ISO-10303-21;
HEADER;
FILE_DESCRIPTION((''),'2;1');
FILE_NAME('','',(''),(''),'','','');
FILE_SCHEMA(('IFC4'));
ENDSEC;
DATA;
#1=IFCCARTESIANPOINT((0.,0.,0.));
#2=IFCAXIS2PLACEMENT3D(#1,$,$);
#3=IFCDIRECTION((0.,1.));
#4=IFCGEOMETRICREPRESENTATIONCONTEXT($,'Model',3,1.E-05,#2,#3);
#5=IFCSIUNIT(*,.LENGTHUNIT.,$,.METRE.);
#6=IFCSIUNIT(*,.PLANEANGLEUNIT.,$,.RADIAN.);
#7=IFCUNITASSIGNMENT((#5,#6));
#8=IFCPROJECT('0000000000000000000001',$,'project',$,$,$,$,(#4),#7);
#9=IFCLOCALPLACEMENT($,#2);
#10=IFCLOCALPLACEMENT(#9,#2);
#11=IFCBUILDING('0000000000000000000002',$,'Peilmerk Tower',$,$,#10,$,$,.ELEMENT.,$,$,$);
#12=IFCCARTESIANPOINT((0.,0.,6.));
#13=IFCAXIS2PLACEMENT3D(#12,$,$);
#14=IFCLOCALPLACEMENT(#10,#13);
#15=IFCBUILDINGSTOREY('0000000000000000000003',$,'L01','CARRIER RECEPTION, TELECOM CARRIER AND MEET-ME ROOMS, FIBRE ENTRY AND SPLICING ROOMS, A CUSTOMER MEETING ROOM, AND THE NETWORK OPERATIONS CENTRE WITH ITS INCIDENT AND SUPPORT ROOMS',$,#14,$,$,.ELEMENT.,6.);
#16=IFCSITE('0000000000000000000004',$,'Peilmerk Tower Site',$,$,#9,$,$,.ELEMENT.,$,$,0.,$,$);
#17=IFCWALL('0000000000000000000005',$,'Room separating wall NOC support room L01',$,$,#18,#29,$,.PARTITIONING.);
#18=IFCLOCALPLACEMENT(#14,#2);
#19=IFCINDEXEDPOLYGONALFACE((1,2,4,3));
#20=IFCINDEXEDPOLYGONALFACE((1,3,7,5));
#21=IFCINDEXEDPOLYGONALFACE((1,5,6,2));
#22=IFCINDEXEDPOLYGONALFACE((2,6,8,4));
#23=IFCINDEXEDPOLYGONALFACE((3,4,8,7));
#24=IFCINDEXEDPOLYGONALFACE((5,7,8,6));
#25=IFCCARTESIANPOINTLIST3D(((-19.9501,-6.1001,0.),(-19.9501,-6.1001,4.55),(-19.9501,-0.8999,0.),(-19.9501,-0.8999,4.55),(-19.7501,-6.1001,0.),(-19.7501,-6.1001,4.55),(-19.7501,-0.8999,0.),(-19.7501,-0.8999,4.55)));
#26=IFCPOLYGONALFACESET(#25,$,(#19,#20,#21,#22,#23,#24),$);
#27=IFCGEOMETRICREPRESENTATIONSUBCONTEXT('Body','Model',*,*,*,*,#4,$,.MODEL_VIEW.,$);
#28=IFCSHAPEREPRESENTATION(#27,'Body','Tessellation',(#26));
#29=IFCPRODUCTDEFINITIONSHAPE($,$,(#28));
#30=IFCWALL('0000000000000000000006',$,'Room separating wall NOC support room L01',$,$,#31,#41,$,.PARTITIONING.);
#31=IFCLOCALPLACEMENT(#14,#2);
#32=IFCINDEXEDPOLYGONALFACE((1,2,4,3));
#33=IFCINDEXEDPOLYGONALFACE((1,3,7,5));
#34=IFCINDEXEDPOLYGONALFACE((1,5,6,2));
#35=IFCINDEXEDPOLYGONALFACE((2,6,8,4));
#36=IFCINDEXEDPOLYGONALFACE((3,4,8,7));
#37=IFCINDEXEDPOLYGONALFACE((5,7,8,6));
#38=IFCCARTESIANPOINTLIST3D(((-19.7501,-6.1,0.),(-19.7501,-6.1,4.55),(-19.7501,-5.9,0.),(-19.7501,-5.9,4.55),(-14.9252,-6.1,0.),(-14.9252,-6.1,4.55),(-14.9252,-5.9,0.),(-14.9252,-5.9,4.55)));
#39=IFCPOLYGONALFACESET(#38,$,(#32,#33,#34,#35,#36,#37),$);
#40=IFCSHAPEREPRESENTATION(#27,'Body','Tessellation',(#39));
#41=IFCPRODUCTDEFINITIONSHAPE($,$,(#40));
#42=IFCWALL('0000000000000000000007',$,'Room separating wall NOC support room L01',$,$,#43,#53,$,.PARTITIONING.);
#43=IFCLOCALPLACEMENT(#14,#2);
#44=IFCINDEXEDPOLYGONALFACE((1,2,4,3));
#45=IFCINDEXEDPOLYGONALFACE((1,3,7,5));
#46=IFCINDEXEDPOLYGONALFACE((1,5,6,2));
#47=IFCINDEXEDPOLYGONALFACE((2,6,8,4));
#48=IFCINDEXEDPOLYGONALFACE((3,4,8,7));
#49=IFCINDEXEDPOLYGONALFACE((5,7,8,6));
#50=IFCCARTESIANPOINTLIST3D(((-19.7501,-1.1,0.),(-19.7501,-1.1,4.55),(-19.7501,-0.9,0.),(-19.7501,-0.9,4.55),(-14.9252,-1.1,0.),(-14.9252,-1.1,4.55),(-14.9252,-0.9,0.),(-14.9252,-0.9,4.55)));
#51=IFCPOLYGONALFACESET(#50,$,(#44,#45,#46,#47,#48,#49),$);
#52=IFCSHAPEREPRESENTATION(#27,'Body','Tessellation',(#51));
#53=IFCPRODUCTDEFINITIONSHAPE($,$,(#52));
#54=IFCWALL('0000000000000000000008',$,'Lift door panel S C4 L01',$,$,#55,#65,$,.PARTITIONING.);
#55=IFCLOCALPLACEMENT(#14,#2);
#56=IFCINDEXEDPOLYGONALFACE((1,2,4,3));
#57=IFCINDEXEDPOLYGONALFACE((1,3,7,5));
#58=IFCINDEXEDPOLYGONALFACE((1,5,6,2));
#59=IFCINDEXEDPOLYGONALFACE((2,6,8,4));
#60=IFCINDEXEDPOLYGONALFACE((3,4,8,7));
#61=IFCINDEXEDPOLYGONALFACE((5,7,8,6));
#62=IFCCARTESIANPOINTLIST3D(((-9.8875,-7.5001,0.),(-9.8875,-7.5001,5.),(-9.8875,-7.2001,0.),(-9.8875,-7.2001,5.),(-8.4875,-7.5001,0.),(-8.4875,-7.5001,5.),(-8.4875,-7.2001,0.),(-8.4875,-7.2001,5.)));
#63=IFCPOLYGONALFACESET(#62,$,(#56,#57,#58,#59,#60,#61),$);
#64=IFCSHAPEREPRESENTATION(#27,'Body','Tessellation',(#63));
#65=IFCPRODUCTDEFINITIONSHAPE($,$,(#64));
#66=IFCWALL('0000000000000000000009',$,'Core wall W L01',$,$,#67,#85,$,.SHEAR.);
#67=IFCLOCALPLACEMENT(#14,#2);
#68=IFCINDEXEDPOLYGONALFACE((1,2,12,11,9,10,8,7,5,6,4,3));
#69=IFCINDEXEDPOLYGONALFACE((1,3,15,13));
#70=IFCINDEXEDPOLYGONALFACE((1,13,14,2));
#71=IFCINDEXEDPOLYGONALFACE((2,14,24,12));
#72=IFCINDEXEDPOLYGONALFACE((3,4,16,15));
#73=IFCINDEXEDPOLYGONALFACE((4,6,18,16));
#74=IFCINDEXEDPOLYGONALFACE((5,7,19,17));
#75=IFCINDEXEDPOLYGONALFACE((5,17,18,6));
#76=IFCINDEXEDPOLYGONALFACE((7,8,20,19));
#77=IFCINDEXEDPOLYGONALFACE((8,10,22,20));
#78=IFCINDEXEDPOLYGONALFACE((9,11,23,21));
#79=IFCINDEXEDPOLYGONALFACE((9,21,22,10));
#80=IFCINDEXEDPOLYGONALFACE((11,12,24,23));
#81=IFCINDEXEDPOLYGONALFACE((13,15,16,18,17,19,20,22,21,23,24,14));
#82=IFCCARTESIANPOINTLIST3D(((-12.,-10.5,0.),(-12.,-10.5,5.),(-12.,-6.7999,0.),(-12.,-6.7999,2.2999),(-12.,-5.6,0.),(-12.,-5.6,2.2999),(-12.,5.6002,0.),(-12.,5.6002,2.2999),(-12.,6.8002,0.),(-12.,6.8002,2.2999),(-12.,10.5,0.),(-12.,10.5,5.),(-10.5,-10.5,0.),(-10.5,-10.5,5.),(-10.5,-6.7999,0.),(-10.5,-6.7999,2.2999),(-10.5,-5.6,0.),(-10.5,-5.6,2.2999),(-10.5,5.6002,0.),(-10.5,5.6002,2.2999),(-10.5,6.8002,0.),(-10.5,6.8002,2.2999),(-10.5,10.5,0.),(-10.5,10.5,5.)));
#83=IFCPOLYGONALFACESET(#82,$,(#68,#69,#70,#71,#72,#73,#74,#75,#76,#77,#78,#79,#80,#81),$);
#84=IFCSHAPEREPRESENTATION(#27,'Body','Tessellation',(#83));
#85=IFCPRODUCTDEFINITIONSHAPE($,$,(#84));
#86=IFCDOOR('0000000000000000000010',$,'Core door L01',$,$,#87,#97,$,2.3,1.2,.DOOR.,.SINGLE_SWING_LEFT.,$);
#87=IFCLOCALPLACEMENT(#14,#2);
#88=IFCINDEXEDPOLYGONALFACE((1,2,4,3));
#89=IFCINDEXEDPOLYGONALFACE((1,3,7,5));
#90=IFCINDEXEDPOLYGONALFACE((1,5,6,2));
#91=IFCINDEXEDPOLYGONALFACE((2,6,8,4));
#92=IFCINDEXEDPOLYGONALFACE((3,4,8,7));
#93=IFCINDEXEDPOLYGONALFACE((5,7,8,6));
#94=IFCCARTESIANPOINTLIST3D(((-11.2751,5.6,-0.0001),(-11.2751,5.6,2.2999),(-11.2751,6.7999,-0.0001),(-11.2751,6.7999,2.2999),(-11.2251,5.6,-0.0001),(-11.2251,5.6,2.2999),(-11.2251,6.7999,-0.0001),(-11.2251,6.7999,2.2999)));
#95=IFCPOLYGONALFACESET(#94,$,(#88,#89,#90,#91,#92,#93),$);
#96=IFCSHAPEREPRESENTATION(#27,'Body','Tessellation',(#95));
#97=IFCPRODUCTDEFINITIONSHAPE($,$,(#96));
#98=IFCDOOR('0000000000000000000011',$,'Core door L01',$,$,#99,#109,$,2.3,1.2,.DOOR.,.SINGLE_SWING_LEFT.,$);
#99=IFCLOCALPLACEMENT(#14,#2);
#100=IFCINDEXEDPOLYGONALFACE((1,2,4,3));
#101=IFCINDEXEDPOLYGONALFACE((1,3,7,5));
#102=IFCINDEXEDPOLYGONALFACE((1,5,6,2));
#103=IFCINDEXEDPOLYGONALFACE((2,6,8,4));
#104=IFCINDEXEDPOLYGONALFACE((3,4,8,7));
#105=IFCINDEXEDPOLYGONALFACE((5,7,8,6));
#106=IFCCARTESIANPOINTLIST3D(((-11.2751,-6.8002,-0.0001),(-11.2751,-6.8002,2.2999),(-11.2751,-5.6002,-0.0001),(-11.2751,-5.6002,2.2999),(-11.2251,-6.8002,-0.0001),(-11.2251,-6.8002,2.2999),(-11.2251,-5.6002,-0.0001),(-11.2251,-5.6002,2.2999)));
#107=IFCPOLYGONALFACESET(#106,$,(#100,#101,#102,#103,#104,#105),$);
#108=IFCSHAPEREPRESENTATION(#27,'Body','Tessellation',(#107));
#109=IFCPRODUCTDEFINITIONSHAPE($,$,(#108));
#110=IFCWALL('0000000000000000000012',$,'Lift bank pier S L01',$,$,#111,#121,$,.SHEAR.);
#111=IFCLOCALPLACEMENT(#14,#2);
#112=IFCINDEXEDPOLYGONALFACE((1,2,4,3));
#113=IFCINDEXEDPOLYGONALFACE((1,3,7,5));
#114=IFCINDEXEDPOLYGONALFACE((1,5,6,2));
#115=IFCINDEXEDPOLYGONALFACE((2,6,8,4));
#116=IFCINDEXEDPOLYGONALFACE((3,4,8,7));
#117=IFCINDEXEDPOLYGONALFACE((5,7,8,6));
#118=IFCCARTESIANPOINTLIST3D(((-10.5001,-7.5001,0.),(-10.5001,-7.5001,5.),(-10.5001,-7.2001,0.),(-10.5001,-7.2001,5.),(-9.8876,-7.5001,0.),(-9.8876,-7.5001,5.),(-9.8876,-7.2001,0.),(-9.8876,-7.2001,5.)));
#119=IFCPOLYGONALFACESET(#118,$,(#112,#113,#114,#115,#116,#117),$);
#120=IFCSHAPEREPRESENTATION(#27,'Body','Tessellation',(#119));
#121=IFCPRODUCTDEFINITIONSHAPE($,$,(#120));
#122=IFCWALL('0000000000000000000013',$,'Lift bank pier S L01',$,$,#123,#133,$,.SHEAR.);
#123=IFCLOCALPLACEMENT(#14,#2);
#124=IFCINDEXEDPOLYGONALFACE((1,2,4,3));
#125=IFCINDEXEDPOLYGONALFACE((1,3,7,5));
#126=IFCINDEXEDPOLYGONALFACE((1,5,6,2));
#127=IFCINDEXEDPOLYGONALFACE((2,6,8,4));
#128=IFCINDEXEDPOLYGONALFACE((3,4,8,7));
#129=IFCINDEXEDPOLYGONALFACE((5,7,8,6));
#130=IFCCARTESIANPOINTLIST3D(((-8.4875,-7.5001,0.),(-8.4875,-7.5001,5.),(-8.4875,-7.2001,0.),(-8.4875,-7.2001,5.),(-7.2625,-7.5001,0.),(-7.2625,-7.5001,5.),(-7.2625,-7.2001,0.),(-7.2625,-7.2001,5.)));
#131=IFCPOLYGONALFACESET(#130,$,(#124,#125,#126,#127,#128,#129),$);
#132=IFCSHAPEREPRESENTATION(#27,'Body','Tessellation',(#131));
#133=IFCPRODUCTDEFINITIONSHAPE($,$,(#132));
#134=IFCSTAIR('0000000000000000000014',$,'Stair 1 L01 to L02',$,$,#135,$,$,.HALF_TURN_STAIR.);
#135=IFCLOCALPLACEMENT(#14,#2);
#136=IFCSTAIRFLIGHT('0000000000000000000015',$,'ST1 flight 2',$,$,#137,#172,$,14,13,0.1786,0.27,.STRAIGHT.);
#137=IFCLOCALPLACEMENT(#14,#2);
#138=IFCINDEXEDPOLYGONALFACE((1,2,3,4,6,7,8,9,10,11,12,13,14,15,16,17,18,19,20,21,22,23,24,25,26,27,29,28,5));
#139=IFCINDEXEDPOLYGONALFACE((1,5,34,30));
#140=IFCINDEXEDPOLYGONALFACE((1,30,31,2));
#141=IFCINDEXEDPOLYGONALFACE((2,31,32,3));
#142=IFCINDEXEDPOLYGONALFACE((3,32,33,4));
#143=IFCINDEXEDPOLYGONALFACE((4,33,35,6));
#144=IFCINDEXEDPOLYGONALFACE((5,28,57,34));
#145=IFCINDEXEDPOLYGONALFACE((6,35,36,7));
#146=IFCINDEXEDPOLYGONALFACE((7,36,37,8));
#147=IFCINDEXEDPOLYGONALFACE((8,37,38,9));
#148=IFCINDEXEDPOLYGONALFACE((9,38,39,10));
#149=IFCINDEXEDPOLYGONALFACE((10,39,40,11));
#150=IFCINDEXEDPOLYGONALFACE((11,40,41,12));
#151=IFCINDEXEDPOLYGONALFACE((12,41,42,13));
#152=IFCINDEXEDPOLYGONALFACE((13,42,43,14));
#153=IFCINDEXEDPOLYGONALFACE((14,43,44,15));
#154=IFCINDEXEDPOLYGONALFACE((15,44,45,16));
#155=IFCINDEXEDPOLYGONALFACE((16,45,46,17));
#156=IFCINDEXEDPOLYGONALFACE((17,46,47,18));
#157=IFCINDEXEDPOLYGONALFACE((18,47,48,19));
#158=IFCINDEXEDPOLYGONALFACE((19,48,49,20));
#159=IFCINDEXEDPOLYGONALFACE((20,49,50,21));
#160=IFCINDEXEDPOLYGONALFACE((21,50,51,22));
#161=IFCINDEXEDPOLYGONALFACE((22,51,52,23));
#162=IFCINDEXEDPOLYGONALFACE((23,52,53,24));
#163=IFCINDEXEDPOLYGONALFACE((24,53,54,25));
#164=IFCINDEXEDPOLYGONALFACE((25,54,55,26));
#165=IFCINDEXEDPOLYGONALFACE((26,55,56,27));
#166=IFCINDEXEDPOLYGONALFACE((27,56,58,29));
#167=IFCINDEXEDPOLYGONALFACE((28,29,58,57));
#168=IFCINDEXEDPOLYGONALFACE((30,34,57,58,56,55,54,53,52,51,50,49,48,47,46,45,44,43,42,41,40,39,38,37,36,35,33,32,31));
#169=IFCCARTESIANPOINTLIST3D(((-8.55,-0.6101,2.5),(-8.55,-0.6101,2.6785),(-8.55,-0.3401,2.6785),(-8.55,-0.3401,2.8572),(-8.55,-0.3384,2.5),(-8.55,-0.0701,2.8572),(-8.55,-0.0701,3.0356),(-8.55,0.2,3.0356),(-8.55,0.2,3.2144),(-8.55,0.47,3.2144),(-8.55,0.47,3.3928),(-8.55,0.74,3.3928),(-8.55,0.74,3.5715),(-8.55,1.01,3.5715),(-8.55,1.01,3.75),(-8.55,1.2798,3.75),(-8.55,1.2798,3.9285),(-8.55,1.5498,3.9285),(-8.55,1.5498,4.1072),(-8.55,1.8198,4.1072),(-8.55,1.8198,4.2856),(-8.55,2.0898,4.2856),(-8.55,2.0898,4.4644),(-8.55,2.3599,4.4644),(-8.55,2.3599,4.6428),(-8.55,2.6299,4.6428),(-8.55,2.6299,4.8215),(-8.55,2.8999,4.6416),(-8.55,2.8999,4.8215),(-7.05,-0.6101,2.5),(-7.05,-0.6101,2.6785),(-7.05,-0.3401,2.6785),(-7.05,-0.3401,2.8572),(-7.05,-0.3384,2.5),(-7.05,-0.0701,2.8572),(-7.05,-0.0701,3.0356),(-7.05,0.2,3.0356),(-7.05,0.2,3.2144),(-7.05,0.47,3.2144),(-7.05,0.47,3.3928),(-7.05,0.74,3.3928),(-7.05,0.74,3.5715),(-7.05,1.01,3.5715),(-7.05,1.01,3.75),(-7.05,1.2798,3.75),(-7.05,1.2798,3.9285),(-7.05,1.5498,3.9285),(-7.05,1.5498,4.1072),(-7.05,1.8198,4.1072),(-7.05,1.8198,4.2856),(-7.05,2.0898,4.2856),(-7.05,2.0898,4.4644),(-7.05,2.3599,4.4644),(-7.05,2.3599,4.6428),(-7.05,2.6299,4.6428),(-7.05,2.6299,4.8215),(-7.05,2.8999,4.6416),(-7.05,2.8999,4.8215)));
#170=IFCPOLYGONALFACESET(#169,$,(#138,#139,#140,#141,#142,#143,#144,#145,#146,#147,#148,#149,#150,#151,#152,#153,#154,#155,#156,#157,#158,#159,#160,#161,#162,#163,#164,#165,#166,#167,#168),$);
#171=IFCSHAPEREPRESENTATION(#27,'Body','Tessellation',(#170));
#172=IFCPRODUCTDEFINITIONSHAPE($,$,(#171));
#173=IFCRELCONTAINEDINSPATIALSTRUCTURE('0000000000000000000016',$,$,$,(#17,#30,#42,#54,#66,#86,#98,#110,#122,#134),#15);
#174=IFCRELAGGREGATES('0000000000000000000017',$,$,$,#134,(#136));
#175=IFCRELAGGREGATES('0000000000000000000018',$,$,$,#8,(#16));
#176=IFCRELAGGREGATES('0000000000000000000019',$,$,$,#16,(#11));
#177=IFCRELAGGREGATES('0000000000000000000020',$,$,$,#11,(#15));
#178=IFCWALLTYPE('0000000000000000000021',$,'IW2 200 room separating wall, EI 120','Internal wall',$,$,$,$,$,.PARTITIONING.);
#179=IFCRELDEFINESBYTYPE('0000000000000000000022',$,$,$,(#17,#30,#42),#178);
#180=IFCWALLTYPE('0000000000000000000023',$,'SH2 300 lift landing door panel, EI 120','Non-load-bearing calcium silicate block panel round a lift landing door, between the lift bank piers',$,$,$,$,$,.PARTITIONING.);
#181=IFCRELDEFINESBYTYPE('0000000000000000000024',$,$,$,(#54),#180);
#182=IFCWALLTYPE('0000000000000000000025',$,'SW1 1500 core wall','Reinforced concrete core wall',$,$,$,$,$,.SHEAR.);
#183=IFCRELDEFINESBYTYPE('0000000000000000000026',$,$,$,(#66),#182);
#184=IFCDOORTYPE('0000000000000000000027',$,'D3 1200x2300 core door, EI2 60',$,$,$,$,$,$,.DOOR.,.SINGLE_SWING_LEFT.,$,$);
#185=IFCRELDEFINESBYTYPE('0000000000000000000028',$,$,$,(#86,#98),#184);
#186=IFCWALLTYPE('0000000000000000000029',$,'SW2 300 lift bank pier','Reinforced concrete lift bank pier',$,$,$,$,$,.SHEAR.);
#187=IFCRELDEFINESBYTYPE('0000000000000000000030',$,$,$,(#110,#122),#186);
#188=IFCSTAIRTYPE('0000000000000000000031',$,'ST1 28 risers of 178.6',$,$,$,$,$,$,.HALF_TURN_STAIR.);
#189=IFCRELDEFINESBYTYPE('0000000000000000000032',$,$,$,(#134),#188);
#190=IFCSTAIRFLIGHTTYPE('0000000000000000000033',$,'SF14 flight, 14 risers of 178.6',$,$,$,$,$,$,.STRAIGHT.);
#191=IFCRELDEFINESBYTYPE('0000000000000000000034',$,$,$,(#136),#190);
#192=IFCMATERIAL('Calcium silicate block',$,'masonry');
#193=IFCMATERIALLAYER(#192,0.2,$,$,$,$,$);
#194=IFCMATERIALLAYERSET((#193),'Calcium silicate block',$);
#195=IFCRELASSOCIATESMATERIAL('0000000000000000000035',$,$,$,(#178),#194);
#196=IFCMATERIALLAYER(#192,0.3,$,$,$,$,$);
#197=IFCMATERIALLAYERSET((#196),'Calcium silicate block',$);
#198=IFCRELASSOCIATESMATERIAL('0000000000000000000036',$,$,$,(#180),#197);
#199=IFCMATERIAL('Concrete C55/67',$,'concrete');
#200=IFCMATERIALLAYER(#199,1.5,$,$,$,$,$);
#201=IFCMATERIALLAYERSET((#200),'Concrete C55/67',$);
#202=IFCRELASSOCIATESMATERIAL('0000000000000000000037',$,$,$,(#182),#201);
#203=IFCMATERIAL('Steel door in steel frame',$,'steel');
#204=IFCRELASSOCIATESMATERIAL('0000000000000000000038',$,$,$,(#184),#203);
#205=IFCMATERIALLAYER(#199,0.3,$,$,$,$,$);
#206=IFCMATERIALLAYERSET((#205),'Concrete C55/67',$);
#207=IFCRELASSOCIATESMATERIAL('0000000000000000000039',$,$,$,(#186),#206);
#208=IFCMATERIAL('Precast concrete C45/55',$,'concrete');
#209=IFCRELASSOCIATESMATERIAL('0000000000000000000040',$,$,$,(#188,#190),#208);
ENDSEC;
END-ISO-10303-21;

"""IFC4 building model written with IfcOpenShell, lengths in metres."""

from ifc_helpers import new_model, si_unit, direction, frame, frame_2d, origin, place, context, subcontext, project, spatial, polyline, rectangle, outline, extrude, material, layer, layer_set, type_object, element, fill, aggregate, save


model = new_model("IFC4")

# Units and contexts
model_context = context("Model", 3, precision=1e-05, world=origin(), true_north=direction((0.0, 1.0)))
body_context = subcontext(model_context, "Body", "Model", "MODEL_VIEW")
ifc_project = project(units=[si_unit("LENGTHUNIT", "METRE"), si_unit("PLANEANGLEUNIT", "RADIAN")], contexts=[model_context])

# Site, building, storey
site_placement = place(None, origin())
site = spatial("IfcSite", under=ifc_project, at=site_placement, Name="Peilmerk Tower Site", CompositionType="ELEMENT", RefElevation=0.0)
building_placement = place(site_placement, origin())
building = spatial("IfcBuilding", under=site, at=building_placement, Name="Peilmerk Tower", CompositionType="ELEMENT")
storey_placement = place(building_placement, frame((0.0, 0.0, 6.0)))
storey = spatial("IfcBuildingStorey", under=building, at=storey_placement, Name="L01", Description="CARRIER RECEPTION, TELECOM CARRIER AND MEET-ME ROOMS, FIBRE ENTRY AND SPLICING ROOMS, A CUSTOMER MEETING ROOM, AND THE NETWORK OPERATIONS CENTRE WITH ITS INCIDENT AND SUPPORT ROOMS", CompositionType="ELEMENT", Elevation=6.0)

# Walls
ifc_material_1 = material(Name="Calcium silicate block", Category="masonry")
ifc_layer_1 = layer(ifc_material_1, 0.2)
ifc_layer_set_1 = layer_set([ifc_layer_1], Name="Calcium silicate block")
wall_type_1 = type_object("IfcWallType", Name="IW2 200 room separating wall, EI 120", Description="Internal wall", PredefinedType="PARTITIONING", material=ifc_layer_set_1)
wall_1_placement = place(storey_placement, frame((-19.8501, -6.1001, 0.0), z_axis=(0.0, 0.0, 1.0), x_axis=(0.0, 1.0, 0.0)))
element("IfcWall", 1, at=wall_1_placement, inside=storey, type_object=wall_type_1, Name="Room separating wall NOC support room L01", PredefinedType="PARTITIONING", context=body_context, shape_type="SweptSolid", body=[
    extrude(rectangle(XDim=5.2002, YDim=0.2, at=frame_2d((2.6001, 0.0))), origin(), (0.0, 0.0, 1.0), 4.55),
])
for number, where, z_axis, x_axis, name in (
    (2, (-14.925, -6.0, 0.0), (0.0, 0.0, 1.0), (-1.0, 0.0, 0.0), "Room separating wall NOC support room L01"),
    (3, (-14.925, -1.0, 0.0), (0.0, 0.0, 1.0), (-1.0, 0.0, 0.0), "Room separating wall NOC support room L01"),
):
    element("IfcWall", number, at=place(storey_placement, frame(where, z_axis=z_axis, x_axis=x_axis)), inside=storey, type_object=wall_type_1, Name=name, PredefinedType="PARTITIONING", context=body_context, shape_type="SweptSolid", body=[
        extrude(rectangle(XDim=4.825, YDim=0.2, at=frame_2d((2.4126, 0.0))), origin(), (0.0, 0.0, 1.0), 4.55),
    ])
ifc_layer_2 = layer(ifc_material_1, 0.3)
ifc_layer_set_2 = layer_set([ifc_layer_2], Name="Calcium silicate block")
wall_type_2 = type_object("IfcWallType", Name="SH2 300 lift landing door panel, EI 120", Description="Non-load-bearing calcium silicate block panel round a lift landing door, between the lift bank piers", PredefinedType="PARTITIONING", material=ifc_layer_set_2)
wall_2_placement = place(storey_placement, frame((-9.8875, -7.3501, 0.0), z_axis=(0.0, 0.0, 1.0), x_axis=(1.0, 0.0, 0.0)))
element("IfcWall", 4, at=wall_2_placement, inside=storey, type_object=wall_type_2, Name="Lift door panel S C4 L01", PredefinedType="PARTITIONING", context=body_context, shape_type="SweptSolid", body=[
    extrude(rectangle(XDim=1.3999, YDim=0.3, at=frame_2d((0.7, 0.0))), origin(), (0.0, 0.0, 1.0), 5.0),
])

# Wall, openings, doors
ifc_material_2 = material(Name="Concrete C55/67", Category="concrete")
ifc_layer_3 = layer(ifc_material_2, 1.5)
ifc_layer_set_3 = layer_set([ifc_layer_3], Name="Concrete C55/67")
wall_type_3 = type_object("IfcWallType", Name="SW1 1500 core wall", Description="Reinforced concrete core wall", PredefinedType="SHEAR", material=ifc_layer_set_3)
wall_3_placement = place(storey_placement, frame((-11.25, -10.5, 0.0), z_axis=(0.0, 0.0, 1.0), x_axis=(0.0, 1.0, 0.0)))
wall_3 = element("IfcWall", 5, at=wall_3_placement, inside=storey, type_object=wall_type_3, Name="Core wall W L01", PredefinedType="SHEAR", context=body_context, shape_type="SweptSolid", body=[
    extrude(rectangle(XDim=21.0, YDim=1.5, at=frame_2d((10.5, 0.0))), origin(), (0.0, 0.0, 1.0), 5.0),
])
opening_1_placement = place(wall_3_placement, frame((16.1001, 0.0, 0.0)))
opening_1 = element("IfcOpeningElement", 6, at=opening_1_placement, cuts=wall_3, PredefinedType="OPENING", context=body_context, shape_type="SweptSolid", body=[
    extrude(rectangle(XDim=1.2, YDim=2.3, at=frame_2d((0.6001, 1.1499))), frame((0.0, 0.76, 0.0), z_axis=(0.0, -1.0, 0.0), x_axis=(1.0, 0.0, 0.0)), (0.0, 0.0, 1.0), 1.52),
])
opening_2_placement = place(wall_3_placement, frame((3.7, 0.0, 0.0)))
opening_2 = element("IfcOpeningElement", 7, at=opening_2_placement, cuts=wall_3, PredefinedType="OPENING", context=body_context, shape_type="SweptSolid", body=[
    extrude(rectangle(XDim=1.2, YDim=2.3, at=frame_2d((0.6001, 1.1499))), frame((0.0, 0.76, 0.0), z_axis=(0.0, -1.0, 0.0), x_axis=(1.0, 0.0, 0.0)), (0.0, 0.0, 1.0), 1.52),
])
ifc_material_3 = material(Name="Steel door in steel frame", Category="steel")
door_type = type_object("IfcDoorType", Name="D3 1200x2300 core door, EI2 60", OperationType="SINGLE_SWING_LEFT", PredefinedType="DOOR", material=ifc_material_3)
door_1_placement = place(opening_1_placement, frame((1.2, 0.0, 0.0), z_axis=(0.0, 0.0, 1.0), x_axis=(-1.0, 0.0, 0.0)))
door_1 = element("IfcDoor", 8, at=door_1_placement, inside=storey, type_object=door_type, Name="Core door L01", OperationType="SINGLE_SWING_LEFT", OverallHeight=2.3, OverallWidth=1.2, PredefinedType="DOOR", context=body_context, shape_type="SweptSolid", body=[
    extrude(rectangle(XDim=1.2, YDim=2.3, at=frame_2d((0.6001, 1.1499))), frame((0.0, 0.0249, 0.0), z_axis=(0.0, -1.0, 0.0), x_axis=(1.0, 0.0, 0.0)), (0.0, 0.0, 1.0), 0.05),
])
fill(opening_1, door_1)
door_2_placement = place(opening_2_placement, frame((1.2, 0.0, 0.0), z_axis=(0.0, 0.0, 1.0), x_axis=(-1.0, 0.0, 0.0)))
door_2 = element("IfcDoor", 9, at=door_2_placement, inside=storey, type_object=door_type, Name="Core door L01", OperationType="SINGLE_SWING_LEFT", OverallHeight=2.3, OverallWidth=1.2, PredefinedType="DOOR", context=body_context, shape_type="SweptSolid", body=[
    extrude(rectangle(XDim=1.2, YDim=2.3, at=frame_2d((0.6001, 1.1499))), frame((0.0, 0.0249, 0.0), z_axis=(0.0, -1.0, 0.0), x_axis=(1.0, 0.0, 0.0)), (0.0, 0.0, 1.0), 0.05),
])
fill(opening_2, door_2)

# Walls
ifc_layer_4 = layer(ifc_material_2, 0.3)
ifc_layer_set_4 = layer_set([ifc_layer_4], Name="Concrete C55/67")
wall_type_4 = type_object("IfcWallType", Name="SW2 300 lift bank pier", Description="Reinforced concrete lift bank pier", PredefinedType="SHEAR", material=ifc_layer_set_4)
wall_4_placement = place(storey_placement, frame((-10.5, -7.3501, 0.0), z_axis=(0.0, 0.0, 1.0), x_axis=(1.0, 0.0, 0.0)))
element("IfcWall", 10, at=wall_4_placement, inside=storey, type_object=wall_type_4, Name="Lift bank pier S L01", PredefinedType="SHEAR", context=body_context, shape_type="SweptSolid", body=[
    extrude(rectangle(XDim=0.6125, YDim=0.3, at=frame_2d((0.3062, 0.0))), origin(), (0.0, 0.0, 1.0), 5.0),
])
wall_5_placement = place(storey_placement, frame((-8.4875, -7.3501, 0.0), z_axis=(0.0, 0.0, 1.0), x_axis=(1.0, 0.0, 0.0)))
element("IfcWall", 11, at=wall_5_placement, inside=storey, type_object=wall_type_4, Name="Lift bank pier S L01", PredefinedType="SHEAR", context=body_context, shape_type="SweptSolid", body=[
    extrude(rectangle(XDim=1.2251, YDim=0.3, at=frame_2d((0.6125, 0.0))), origin(), (0.0, 0.0, 1.0), 5.0),
])

# Stair, stair flight
ifc_material_4 = material(Name="Precast concrete C45/55", Category="concrete")
stair_type = type_object("IfcStairType", Name="ST1 28 risers of 178.6", PredefinedType="HALF_TURN_STAIR", material=ifc_material_4)
stair_placement = place(storey_placement, origin())
stair = element("IfcStair", 12, at=stair_placement, inside=storey, type_object=stair_type, Name="Stair 1 L01 to L02", PredefinedType="HALF_TURN_STAIR")
stair_flight_type = type_object("IfcStairFlightType", Name="SF14 flight, 14 risers of 178.6", PredefinedType="STRAIGHT", material=ifc_material_4)
stair_flight_placement = place(storey_placement, frame((-7.8, -0.6101, 2.5), z_axis=(0.0, 0.0, 1.0), x_axis=(0.0, 1.0, 0.0)))
stair_flight = element("IfcStairFlight", 13, at=stair_flight_placement, type_object=stair_flight_type, Name="ST1 flight 2", NumberOfRisers=14, NumberOfTreads=13, PredefinedType="STRAIGHT", RiserHeight=0.1786, TreadLength=0.27, context=body_context, shape_type="SweptSolid", body=[
    extrude(outline(polyline([(0.0, 0.0), (0.0, 0.1785), (0.27, 0.1785), (0.27, 0.3572), (0.54, 0.3572), (0.54, 0.5356), (0.8101, 0.5356), (0.8101, 0.7144), (1.0801, 0.7144), (1.0801, 0.8928), (1.3501, 0.8928), (1.3501, 1.0715), (1.6201, 1.0715), (1.6201, 1.25), (1.8899, 1.25), (1.8899, 1.4285), (2.1599, 1.4285), (2.1599, 1.6072), (2.4299, 1.6072), (2.4299, 1.7856), (2.7, 1.7856), (2.7, 1.9644), (2.97, 1.9644), (2.97, 2.1428), (3.24, 2.1428), (3.24, 2.3215), (3.51, 2.3215), (3.51, 2.5), (3.51, 2.1416), (0.2717, 0.0), (0.0, 0.0)])), frame((0.0, 0.75, 0.0), z_axis=(0.0, -1.0, 0.0), x_axis=(1.0, 0.0, 0.0)), (0.0, 0.0, 1.0), 1.5),
])
aggregate(stair, [stair_flight])

save(model, "model.ifc")
